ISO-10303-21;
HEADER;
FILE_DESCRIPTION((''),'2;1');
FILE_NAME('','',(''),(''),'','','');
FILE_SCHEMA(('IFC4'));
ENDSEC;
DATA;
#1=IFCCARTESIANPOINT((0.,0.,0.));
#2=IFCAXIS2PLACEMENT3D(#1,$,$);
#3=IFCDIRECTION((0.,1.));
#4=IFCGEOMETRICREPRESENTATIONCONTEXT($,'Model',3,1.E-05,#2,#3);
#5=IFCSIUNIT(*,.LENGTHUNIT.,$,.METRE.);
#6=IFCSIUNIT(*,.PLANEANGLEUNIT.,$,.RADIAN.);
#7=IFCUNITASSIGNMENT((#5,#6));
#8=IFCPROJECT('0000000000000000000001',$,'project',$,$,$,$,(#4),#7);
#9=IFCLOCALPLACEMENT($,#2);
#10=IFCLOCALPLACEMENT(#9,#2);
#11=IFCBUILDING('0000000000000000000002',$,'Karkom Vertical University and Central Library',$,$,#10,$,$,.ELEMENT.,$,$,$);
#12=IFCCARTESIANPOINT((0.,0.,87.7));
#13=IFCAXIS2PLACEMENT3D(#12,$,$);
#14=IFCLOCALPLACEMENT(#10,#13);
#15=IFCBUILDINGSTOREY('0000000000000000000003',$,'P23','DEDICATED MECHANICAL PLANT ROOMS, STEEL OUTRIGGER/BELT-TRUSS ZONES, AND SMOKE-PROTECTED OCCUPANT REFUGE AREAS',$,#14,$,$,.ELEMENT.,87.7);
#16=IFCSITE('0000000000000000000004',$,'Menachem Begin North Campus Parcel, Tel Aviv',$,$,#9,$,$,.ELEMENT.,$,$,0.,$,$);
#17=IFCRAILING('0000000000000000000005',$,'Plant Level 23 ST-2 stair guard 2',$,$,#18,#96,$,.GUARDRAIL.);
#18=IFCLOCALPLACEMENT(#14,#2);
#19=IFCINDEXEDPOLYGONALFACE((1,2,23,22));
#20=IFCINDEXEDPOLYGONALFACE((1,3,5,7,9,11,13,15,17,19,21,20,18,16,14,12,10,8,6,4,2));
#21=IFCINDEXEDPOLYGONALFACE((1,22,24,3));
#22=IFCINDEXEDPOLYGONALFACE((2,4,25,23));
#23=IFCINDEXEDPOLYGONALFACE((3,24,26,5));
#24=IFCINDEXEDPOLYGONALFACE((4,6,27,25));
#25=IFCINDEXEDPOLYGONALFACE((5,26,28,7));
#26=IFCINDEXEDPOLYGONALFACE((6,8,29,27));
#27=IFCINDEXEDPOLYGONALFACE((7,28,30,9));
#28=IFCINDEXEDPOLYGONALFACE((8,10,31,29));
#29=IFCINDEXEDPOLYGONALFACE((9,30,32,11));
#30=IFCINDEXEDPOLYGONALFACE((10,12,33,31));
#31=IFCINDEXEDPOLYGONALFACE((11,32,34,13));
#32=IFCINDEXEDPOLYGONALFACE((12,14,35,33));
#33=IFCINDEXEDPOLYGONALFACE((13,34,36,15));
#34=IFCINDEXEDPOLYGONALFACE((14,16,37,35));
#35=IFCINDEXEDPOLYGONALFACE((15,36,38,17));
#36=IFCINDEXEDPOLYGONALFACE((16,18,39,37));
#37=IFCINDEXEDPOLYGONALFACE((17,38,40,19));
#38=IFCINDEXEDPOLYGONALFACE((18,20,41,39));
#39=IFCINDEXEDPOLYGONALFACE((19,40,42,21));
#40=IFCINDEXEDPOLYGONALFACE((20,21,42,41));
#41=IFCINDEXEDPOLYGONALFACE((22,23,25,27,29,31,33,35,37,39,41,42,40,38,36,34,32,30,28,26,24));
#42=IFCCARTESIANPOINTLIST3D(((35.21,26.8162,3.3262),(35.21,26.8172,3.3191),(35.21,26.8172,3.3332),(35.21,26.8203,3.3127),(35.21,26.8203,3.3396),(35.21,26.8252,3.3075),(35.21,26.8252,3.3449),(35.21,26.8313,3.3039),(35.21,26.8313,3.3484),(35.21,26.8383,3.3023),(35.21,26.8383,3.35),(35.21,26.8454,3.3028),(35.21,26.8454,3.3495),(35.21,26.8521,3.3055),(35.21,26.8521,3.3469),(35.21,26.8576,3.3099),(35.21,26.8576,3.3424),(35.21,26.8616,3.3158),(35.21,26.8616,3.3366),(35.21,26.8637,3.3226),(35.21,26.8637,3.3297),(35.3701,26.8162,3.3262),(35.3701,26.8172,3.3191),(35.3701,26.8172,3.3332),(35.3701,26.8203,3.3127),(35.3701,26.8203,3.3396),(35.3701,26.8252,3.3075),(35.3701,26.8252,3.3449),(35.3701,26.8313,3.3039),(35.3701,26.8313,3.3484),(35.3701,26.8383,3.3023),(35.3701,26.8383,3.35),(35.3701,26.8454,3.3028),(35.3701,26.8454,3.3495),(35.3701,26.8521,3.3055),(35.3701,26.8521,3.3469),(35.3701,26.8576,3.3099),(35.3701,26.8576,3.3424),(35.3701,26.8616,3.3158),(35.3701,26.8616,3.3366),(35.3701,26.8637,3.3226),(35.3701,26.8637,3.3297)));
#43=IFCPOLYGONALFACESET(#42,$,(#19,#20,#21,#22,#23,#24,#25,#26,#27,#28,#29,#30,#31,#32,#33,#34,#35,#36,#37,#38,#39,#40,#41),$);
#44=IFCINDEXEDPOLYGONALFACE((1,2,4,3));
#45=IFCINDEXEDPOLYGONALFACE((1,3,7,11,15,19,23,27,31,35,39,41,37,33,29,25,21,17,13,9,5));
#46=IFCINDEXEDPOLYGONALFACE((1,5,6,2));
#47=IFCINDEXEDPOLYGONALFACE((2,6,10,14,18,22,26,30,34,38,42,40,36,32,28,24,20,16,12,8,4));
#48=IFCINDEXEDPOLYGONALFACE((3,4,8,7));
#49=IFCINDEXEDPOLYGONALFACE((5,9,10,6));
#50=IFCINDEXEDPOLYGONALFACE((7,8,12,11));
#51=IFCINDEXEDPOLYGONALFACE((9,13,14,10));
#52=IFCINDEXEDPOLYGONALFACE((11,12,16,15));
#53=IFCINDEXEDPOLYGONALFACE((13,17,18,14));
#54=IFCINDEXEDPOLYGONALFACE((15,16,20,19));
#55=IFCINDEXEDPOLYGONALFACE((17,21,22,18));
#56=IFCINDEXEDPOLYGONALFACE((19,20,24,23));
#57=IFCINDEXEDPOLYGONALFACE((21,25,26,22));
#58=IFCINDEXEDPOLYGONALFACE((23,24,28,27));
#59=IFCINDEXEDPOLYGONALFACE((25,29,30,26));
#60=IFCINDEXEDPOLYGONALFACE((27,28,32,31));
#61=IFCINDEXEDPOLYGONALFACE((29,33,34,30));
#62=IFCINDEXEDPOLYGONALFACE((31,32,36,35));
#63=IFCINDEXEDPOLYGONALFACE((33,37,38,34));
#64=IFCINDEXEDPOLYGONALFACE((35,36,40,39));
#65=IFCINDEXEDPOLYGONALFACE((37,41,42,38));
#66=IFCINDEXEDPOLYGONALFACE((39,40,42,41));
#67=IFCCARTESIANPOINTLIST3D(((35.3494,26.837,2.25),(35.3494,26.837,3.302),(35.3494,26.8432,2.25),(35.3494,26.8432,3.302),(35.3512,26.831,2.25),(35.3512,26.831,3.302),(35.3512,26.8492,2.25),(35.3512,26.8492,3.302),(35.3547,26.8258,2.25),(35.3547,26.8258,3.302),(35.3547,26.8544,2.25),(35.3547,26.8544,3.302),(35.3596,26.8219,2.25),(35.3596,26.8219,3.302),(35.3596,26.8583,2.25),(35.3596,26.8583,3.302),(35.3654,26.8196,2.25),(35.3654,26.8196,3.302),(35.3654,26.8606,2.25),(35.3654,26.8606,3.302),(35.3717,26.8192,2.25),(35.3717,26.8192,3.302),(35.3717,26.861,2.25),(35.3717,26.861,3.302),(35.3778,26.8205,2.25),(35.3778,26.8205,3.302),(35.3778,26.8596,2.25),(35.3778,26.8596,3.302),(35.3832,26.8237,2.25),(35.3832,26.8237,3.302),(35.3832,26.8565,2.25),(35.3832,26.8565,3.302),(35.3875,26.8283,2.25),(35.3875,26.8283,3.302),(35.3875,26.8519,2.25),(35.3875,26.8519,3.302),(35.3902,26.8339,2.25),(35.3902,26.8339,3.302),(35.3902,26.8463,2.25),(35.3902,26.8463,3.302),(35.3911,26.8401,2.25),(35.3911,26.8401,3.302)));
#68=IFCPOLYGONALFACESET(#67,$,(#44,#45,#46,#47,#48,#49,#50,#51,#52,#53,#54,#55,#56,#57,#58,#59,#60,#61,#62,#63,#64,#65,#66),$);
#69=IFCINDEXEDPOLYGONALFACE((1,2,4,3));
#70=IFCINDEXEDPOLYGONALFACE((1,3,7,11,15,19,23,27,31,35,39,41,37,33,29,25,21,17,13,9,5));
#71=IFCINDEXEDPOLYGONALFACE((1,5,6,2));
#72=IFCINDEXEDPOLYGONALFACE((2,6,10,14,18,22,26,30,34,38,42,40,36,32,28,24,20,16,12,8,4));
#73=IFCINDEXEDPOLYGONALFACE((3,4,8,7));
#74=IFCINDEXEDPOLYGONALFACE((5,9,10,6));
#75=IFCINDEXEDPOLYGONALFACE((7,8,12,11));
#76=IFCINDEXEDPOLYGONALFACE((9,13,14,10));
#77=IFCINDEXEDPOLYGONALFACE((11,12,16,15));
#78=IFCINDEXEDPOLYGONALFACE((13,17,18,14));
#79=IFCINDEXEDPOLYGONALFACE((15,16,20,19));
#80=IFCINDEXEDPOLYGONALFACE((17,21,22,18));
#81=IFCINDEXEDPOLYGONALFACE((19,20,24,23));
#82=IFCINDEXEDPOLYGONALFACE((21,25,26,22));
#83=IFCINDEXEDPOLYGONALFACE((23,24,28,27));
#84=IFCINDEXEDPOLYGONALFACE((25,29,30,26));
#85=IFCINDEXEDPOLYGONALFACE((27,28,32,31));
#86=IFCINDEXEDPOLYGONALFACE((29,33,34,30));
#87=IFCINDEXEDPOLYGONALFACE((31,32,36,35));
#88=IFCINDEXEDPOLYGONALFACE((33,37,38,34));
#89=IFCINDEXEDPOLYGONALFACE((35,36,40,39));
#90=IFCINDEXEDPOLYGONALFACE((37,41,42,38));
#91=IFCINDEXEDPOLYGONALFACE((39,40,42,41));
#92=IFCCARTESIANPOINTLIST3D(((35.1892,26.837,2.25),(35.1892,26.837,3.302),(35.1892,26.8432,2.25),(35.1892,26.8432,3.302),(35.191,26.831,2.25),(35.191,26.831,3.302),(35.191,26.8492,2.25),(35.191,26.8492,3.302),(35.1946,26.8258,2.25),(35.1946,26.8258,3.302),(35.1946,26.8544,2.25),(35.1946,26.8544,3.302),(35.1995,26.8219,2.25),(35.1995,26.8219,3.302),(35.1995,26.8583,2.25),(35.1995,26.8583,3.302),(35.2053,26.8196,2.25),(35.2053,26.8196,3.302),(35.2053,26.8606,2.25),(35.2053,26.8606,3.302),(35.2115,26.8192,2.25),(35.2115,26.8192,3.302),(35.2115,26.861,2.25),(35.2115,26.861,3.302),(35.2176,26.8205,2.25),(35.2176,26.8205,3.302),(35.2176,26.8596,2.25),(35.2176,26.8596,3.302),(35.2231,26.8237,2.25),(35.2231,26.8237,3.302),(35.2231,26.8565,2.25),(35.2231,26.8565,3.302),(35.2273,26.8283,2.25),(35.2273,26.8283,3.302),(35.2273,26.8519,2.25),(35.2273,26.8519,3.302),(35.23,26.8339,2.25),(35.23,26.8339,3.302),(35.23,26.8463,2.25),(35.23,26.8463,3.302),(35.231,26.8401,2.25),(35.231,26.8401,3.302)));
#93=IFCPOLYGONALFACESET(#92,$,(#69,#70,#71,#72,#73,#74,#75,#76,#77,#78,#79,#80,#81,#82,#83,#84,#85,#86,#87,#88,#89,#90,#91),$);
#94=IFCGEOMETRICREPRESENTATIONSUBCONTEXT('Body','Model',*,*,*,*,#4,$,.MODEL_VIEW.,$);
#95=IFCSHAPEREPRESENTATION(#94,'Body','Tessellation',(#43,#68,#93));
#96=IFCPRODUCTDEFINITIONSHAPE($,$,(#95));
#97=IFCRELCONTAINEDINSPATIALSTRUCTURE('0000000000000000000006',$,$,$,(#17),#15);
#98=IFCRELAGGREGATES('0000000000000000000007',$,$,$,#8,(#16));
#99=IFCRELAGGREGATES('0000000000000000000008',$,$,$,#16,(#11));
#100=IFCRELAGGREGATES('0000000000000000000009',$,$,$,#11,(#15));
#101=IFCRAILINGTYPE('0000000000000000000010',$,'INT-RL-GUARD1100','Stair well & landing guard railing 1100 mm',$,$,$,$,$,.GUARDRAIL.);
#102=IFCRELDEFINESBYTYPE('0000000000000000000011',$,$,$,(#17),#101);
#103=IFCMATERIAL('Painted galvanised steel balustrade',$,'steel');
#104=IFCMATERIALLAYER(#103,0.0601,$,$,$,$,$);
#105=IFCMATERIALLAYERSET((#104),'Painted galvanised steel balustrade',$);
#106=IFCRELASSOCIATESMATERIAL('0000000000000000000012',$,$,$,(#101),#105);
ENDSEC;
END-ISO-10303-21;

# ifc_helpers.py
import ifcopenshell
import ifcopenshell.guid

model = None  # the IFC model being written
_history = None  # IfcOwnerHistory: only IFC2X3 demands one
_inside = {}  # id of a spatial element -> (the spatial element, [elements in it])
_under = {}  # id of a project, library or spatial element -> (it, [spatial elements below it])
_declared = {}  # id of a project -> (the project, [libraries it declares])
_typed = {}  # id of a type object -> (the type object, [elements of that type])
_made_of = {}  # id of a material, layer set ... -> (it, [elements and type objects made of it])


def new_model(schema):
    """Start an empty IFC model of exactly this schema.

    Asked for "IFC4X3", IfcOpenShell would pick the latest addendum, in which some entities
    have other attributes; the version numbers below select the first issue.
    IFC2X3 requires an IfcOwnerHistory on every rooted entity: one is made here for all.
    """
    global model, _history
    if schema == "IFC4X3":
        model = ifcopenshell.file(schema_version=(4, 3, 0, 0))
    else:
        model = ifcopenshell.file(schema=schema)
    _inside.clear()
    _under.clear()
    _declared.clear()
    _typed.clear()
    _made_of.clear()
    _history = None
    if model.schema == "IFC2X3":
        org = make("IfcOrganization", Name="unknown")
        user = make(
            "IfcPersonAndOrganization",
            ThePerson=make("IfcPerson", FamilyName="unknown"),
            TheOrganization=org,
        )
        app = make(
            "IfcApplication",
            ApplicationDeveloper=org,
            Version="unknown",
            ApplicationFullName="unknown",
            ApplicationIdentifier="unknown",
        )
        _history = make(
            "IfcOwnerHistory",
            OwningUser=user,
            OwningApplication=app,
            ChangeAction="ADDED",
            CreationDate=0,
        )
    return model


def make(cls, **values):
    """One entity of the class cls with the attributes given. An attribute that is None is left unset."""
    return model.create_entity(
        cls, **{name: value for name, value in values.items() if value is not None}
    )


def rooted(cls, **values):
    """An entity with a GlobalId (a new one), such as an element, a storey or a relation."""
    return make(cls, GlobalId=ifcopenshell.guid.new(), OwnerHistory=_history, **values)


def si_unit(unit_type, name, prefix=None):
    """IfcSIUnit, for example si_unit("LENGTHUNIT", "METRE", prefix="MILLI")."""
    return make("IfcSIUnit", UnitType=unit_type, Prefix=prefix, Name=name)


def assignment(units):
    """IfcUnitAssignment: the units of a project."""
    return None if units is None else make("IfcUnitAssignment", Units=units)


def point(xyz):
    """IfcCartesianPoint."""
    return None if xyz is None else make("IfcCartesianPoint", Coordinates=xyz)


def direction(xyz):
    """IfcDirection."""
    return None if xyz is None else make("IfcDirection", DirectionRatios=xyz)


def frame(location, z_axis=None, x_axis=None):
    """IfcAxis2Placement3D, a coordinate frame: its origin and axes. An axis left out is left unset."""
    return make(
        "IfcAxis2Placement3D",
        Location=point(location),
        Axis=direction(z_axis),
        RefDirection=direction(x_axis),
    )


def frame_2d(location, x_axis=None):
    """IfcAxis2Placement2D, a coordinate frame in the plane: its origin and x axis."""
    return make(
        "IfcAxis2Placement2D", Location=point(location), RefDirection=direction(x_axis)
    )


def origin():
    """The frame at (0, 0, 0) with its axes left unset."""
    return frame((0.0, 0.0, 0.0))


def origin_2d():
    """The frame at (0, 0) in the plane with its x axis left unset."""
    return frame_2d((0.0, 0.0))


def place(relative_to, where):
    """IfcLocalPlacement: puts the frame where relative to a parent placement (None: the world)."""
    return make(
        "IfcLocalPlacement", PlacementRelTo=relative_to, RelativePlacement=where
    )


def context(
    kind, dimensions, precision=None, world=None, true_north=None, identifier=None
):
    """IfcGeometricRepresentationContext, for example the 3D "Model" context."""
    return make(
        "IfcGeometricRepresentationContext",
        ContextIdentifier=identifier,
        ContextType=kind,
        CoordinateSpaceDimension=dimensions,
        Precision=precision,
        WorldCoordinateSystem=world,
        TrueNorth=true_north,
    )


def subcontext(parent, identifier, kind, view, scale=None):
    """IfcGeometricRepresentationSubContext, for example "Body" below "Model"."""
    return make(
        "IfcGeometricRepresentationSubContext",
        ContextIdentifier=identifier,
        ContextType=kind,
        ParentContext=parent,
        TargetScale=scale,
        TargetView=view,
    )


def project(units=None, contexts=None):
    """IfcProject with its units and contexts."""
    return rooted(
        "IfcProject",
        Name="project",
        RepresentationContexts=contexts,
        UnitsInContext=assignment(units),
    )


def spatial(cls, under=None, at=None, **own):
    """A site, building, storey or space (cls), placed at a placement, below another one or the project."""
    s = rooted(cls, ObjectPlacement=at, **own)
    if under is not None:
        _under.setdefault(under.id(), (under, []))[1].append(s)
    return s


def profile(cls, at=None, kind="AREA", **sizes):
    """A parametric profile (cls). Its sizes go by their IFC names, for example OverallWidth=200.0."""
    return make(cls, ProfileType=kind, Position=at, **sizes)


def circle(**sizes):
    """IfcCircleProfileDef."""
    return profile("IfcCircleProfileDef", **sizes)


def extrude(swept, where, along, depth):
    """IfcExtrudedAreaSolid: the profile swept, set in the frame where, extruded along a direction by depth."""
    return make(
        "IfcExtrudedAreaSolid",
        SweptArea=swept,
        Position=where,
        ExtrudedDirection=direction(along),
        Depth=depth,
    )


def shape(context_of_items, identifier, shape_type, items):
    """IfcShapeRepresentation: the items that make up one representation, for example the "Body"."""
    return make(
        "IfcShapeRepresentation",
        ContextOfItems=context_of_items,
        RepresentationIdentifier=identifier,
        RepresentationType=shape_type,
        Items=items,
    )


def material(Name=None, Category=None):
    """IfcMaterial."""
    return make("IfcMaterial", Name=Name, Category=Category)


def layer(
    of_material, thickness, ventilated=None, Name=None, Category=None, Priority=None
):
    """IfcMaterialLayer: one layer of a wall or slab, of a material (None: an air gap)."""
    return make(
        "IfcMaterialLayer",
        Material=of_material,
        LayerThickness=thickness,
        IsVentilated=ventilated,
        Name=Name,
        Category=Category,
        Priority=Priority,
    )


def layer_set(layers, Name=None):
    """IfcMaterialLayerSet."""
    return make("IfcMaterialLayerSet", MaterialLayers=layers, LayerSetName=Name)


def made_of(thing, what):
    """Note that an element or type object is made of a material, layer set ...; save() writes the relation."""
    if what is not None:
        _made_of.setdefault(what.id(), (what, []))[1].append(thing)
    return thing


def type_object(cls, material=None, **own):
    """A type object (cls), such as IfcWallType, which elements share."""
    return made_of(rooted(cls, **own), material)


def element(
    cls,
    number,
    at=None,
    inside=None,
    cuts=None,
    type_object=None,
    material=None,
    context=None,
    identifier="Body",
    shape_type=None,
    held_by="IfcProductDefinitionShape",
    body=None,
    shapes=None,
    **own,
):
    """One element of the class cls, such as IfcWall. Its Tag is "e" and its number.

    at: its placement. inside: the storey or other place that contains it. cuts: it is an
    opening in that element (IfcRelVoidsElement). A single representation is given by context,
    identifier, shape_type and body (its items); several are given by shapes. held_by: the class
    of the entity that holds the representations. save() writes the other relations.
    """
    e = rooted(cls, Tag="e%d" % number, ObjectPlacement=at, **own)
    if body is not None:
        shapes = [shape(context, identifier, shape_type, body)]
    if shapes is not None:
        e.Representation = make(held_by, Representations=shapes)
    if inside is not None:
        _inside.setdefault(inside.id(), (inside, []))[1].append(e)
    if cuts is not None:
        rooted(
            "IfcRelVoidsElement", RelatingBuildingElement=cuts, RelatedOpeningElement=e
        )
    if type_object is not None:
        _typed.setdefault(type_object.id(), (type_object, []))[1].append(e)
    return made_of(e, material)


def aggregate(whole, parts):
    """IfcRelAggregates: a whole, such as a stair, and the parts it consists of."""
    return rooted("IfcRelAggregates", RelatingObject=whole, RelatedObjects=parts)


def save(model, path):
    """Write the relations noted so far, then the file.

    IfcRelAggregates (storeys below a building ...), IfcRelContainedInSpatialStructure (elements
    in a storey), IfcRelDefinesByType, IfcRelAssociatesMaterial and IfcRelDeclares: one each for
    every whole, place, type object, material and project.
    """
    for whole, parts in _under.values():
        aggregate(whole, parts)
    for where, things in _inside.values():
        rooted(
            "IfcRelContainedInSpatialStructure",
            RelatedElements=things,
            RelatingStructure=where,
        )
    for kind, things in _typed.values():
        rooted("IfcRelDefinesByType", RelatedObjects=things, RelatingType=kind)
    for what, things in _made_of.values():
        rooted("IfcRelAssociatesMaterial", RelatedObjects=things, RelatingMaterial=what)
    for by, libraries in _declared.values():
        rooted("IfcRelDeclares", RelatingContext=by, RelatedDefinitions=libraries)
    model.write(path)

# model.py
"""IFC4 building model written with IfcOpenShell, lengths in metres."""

from ifc_helpers import new_model, si_unit, direction, frame, origin, origin_2d, place, context, subcontext, project, spatial, circle, extrude, material, layer, layer_set, type_object, element, save


model = new_model("IFC4")

# Units and contexts
model_context = context("Model", 3, precision=1e-05, world=origin(), true_north=direction((0.0, 1.0)))
body_context = subcontext(model_context, "Body", "Model", "MODEL_VIEW")
ifc_project = project(units=[si_unit("LENGTHUNIT", "METRE"), si_unit("PLANEANGLEUNIT", "RADIAN")], contexts=[model_context])

# Site, building, storey
site_placement = place(None, origin())
site = spatial("IfcSite", under=ifc_project, at=site_placement, Name="Menachem Begin North Campus Parcel, Tel Aviv", CompositionType="ELEMENT", RefElevation=0.0)
building_placement = place(site_placement, origin())
building = spatial("IfcBuilding", under=site, at=building_placement, Name="Karkom Vertical University and Central Library", CompositionType="ELEMENT")
storey_placement = place(building_placement, frame((0.0, 0.0, 87.7)))
storey = spatial("IfcBuildingStorey", under=building, at=storey_placement, Name="P23", Description="DEDICATED MECHANICAL PLANT ROOMS, STEEL OUTRIGGER/BELT-TRUSS ZONES, AND SMOKE-PROTECTED OCCUPANT REFUGE AREAS", CompositionType="ELEMENT", Elevation=87.7)

# Railing
ifc_material_1 = material(Name="Painted galvanised steel balustrade", Category="steel")
ifc_layer_1 = layer(ifc_material_1, 0.0601)
ifc_layer_set_1 = layer_set([ifc_layer_1], Name="Painted galvanised steel balustrade")
railing_type_1 = type_object("IfcRailingType", Name="INT-RL-GUARD1100", Description="Stair well & landing guard railing 1100 mm", PredefinedType="GUARDRAIL", material=ifc_layer_set_1)
railing_1_placement = place(storey_placement, frame((35.3701, 26.8401, 2.25)))
element("IfcRailing", 1, at=railing_1_placement, inside=storey, type_object=railing_type_1, Name="Plant Level 23 ST-2 stair guard 2", PredefinedType="GUARDRAIL", context=body_context, shape_type="SweptSolid", body=[
    extrude(circle(Radius=0.0239, at=origin_2d()), frame((0.0, 0.0, 1.0762), z_axis=(-1.0, 0.0, 0.0), x_axis=(0.0, -1.0, 0.0)), (0.0, 0.0, 1.0), 0.1602),
    extrude(circle(Radius=0.021, at=origin_2d()), origin(), (0.0, 0.0, 1.0), 1.052),
    extrude(circle(Radius=0.021, at=origin_2d()), frame((-0.1602, 0.0, 0.0)), (0.0, 0.0, 1.0), 1.052),
])

save(model, "model.ifc")
